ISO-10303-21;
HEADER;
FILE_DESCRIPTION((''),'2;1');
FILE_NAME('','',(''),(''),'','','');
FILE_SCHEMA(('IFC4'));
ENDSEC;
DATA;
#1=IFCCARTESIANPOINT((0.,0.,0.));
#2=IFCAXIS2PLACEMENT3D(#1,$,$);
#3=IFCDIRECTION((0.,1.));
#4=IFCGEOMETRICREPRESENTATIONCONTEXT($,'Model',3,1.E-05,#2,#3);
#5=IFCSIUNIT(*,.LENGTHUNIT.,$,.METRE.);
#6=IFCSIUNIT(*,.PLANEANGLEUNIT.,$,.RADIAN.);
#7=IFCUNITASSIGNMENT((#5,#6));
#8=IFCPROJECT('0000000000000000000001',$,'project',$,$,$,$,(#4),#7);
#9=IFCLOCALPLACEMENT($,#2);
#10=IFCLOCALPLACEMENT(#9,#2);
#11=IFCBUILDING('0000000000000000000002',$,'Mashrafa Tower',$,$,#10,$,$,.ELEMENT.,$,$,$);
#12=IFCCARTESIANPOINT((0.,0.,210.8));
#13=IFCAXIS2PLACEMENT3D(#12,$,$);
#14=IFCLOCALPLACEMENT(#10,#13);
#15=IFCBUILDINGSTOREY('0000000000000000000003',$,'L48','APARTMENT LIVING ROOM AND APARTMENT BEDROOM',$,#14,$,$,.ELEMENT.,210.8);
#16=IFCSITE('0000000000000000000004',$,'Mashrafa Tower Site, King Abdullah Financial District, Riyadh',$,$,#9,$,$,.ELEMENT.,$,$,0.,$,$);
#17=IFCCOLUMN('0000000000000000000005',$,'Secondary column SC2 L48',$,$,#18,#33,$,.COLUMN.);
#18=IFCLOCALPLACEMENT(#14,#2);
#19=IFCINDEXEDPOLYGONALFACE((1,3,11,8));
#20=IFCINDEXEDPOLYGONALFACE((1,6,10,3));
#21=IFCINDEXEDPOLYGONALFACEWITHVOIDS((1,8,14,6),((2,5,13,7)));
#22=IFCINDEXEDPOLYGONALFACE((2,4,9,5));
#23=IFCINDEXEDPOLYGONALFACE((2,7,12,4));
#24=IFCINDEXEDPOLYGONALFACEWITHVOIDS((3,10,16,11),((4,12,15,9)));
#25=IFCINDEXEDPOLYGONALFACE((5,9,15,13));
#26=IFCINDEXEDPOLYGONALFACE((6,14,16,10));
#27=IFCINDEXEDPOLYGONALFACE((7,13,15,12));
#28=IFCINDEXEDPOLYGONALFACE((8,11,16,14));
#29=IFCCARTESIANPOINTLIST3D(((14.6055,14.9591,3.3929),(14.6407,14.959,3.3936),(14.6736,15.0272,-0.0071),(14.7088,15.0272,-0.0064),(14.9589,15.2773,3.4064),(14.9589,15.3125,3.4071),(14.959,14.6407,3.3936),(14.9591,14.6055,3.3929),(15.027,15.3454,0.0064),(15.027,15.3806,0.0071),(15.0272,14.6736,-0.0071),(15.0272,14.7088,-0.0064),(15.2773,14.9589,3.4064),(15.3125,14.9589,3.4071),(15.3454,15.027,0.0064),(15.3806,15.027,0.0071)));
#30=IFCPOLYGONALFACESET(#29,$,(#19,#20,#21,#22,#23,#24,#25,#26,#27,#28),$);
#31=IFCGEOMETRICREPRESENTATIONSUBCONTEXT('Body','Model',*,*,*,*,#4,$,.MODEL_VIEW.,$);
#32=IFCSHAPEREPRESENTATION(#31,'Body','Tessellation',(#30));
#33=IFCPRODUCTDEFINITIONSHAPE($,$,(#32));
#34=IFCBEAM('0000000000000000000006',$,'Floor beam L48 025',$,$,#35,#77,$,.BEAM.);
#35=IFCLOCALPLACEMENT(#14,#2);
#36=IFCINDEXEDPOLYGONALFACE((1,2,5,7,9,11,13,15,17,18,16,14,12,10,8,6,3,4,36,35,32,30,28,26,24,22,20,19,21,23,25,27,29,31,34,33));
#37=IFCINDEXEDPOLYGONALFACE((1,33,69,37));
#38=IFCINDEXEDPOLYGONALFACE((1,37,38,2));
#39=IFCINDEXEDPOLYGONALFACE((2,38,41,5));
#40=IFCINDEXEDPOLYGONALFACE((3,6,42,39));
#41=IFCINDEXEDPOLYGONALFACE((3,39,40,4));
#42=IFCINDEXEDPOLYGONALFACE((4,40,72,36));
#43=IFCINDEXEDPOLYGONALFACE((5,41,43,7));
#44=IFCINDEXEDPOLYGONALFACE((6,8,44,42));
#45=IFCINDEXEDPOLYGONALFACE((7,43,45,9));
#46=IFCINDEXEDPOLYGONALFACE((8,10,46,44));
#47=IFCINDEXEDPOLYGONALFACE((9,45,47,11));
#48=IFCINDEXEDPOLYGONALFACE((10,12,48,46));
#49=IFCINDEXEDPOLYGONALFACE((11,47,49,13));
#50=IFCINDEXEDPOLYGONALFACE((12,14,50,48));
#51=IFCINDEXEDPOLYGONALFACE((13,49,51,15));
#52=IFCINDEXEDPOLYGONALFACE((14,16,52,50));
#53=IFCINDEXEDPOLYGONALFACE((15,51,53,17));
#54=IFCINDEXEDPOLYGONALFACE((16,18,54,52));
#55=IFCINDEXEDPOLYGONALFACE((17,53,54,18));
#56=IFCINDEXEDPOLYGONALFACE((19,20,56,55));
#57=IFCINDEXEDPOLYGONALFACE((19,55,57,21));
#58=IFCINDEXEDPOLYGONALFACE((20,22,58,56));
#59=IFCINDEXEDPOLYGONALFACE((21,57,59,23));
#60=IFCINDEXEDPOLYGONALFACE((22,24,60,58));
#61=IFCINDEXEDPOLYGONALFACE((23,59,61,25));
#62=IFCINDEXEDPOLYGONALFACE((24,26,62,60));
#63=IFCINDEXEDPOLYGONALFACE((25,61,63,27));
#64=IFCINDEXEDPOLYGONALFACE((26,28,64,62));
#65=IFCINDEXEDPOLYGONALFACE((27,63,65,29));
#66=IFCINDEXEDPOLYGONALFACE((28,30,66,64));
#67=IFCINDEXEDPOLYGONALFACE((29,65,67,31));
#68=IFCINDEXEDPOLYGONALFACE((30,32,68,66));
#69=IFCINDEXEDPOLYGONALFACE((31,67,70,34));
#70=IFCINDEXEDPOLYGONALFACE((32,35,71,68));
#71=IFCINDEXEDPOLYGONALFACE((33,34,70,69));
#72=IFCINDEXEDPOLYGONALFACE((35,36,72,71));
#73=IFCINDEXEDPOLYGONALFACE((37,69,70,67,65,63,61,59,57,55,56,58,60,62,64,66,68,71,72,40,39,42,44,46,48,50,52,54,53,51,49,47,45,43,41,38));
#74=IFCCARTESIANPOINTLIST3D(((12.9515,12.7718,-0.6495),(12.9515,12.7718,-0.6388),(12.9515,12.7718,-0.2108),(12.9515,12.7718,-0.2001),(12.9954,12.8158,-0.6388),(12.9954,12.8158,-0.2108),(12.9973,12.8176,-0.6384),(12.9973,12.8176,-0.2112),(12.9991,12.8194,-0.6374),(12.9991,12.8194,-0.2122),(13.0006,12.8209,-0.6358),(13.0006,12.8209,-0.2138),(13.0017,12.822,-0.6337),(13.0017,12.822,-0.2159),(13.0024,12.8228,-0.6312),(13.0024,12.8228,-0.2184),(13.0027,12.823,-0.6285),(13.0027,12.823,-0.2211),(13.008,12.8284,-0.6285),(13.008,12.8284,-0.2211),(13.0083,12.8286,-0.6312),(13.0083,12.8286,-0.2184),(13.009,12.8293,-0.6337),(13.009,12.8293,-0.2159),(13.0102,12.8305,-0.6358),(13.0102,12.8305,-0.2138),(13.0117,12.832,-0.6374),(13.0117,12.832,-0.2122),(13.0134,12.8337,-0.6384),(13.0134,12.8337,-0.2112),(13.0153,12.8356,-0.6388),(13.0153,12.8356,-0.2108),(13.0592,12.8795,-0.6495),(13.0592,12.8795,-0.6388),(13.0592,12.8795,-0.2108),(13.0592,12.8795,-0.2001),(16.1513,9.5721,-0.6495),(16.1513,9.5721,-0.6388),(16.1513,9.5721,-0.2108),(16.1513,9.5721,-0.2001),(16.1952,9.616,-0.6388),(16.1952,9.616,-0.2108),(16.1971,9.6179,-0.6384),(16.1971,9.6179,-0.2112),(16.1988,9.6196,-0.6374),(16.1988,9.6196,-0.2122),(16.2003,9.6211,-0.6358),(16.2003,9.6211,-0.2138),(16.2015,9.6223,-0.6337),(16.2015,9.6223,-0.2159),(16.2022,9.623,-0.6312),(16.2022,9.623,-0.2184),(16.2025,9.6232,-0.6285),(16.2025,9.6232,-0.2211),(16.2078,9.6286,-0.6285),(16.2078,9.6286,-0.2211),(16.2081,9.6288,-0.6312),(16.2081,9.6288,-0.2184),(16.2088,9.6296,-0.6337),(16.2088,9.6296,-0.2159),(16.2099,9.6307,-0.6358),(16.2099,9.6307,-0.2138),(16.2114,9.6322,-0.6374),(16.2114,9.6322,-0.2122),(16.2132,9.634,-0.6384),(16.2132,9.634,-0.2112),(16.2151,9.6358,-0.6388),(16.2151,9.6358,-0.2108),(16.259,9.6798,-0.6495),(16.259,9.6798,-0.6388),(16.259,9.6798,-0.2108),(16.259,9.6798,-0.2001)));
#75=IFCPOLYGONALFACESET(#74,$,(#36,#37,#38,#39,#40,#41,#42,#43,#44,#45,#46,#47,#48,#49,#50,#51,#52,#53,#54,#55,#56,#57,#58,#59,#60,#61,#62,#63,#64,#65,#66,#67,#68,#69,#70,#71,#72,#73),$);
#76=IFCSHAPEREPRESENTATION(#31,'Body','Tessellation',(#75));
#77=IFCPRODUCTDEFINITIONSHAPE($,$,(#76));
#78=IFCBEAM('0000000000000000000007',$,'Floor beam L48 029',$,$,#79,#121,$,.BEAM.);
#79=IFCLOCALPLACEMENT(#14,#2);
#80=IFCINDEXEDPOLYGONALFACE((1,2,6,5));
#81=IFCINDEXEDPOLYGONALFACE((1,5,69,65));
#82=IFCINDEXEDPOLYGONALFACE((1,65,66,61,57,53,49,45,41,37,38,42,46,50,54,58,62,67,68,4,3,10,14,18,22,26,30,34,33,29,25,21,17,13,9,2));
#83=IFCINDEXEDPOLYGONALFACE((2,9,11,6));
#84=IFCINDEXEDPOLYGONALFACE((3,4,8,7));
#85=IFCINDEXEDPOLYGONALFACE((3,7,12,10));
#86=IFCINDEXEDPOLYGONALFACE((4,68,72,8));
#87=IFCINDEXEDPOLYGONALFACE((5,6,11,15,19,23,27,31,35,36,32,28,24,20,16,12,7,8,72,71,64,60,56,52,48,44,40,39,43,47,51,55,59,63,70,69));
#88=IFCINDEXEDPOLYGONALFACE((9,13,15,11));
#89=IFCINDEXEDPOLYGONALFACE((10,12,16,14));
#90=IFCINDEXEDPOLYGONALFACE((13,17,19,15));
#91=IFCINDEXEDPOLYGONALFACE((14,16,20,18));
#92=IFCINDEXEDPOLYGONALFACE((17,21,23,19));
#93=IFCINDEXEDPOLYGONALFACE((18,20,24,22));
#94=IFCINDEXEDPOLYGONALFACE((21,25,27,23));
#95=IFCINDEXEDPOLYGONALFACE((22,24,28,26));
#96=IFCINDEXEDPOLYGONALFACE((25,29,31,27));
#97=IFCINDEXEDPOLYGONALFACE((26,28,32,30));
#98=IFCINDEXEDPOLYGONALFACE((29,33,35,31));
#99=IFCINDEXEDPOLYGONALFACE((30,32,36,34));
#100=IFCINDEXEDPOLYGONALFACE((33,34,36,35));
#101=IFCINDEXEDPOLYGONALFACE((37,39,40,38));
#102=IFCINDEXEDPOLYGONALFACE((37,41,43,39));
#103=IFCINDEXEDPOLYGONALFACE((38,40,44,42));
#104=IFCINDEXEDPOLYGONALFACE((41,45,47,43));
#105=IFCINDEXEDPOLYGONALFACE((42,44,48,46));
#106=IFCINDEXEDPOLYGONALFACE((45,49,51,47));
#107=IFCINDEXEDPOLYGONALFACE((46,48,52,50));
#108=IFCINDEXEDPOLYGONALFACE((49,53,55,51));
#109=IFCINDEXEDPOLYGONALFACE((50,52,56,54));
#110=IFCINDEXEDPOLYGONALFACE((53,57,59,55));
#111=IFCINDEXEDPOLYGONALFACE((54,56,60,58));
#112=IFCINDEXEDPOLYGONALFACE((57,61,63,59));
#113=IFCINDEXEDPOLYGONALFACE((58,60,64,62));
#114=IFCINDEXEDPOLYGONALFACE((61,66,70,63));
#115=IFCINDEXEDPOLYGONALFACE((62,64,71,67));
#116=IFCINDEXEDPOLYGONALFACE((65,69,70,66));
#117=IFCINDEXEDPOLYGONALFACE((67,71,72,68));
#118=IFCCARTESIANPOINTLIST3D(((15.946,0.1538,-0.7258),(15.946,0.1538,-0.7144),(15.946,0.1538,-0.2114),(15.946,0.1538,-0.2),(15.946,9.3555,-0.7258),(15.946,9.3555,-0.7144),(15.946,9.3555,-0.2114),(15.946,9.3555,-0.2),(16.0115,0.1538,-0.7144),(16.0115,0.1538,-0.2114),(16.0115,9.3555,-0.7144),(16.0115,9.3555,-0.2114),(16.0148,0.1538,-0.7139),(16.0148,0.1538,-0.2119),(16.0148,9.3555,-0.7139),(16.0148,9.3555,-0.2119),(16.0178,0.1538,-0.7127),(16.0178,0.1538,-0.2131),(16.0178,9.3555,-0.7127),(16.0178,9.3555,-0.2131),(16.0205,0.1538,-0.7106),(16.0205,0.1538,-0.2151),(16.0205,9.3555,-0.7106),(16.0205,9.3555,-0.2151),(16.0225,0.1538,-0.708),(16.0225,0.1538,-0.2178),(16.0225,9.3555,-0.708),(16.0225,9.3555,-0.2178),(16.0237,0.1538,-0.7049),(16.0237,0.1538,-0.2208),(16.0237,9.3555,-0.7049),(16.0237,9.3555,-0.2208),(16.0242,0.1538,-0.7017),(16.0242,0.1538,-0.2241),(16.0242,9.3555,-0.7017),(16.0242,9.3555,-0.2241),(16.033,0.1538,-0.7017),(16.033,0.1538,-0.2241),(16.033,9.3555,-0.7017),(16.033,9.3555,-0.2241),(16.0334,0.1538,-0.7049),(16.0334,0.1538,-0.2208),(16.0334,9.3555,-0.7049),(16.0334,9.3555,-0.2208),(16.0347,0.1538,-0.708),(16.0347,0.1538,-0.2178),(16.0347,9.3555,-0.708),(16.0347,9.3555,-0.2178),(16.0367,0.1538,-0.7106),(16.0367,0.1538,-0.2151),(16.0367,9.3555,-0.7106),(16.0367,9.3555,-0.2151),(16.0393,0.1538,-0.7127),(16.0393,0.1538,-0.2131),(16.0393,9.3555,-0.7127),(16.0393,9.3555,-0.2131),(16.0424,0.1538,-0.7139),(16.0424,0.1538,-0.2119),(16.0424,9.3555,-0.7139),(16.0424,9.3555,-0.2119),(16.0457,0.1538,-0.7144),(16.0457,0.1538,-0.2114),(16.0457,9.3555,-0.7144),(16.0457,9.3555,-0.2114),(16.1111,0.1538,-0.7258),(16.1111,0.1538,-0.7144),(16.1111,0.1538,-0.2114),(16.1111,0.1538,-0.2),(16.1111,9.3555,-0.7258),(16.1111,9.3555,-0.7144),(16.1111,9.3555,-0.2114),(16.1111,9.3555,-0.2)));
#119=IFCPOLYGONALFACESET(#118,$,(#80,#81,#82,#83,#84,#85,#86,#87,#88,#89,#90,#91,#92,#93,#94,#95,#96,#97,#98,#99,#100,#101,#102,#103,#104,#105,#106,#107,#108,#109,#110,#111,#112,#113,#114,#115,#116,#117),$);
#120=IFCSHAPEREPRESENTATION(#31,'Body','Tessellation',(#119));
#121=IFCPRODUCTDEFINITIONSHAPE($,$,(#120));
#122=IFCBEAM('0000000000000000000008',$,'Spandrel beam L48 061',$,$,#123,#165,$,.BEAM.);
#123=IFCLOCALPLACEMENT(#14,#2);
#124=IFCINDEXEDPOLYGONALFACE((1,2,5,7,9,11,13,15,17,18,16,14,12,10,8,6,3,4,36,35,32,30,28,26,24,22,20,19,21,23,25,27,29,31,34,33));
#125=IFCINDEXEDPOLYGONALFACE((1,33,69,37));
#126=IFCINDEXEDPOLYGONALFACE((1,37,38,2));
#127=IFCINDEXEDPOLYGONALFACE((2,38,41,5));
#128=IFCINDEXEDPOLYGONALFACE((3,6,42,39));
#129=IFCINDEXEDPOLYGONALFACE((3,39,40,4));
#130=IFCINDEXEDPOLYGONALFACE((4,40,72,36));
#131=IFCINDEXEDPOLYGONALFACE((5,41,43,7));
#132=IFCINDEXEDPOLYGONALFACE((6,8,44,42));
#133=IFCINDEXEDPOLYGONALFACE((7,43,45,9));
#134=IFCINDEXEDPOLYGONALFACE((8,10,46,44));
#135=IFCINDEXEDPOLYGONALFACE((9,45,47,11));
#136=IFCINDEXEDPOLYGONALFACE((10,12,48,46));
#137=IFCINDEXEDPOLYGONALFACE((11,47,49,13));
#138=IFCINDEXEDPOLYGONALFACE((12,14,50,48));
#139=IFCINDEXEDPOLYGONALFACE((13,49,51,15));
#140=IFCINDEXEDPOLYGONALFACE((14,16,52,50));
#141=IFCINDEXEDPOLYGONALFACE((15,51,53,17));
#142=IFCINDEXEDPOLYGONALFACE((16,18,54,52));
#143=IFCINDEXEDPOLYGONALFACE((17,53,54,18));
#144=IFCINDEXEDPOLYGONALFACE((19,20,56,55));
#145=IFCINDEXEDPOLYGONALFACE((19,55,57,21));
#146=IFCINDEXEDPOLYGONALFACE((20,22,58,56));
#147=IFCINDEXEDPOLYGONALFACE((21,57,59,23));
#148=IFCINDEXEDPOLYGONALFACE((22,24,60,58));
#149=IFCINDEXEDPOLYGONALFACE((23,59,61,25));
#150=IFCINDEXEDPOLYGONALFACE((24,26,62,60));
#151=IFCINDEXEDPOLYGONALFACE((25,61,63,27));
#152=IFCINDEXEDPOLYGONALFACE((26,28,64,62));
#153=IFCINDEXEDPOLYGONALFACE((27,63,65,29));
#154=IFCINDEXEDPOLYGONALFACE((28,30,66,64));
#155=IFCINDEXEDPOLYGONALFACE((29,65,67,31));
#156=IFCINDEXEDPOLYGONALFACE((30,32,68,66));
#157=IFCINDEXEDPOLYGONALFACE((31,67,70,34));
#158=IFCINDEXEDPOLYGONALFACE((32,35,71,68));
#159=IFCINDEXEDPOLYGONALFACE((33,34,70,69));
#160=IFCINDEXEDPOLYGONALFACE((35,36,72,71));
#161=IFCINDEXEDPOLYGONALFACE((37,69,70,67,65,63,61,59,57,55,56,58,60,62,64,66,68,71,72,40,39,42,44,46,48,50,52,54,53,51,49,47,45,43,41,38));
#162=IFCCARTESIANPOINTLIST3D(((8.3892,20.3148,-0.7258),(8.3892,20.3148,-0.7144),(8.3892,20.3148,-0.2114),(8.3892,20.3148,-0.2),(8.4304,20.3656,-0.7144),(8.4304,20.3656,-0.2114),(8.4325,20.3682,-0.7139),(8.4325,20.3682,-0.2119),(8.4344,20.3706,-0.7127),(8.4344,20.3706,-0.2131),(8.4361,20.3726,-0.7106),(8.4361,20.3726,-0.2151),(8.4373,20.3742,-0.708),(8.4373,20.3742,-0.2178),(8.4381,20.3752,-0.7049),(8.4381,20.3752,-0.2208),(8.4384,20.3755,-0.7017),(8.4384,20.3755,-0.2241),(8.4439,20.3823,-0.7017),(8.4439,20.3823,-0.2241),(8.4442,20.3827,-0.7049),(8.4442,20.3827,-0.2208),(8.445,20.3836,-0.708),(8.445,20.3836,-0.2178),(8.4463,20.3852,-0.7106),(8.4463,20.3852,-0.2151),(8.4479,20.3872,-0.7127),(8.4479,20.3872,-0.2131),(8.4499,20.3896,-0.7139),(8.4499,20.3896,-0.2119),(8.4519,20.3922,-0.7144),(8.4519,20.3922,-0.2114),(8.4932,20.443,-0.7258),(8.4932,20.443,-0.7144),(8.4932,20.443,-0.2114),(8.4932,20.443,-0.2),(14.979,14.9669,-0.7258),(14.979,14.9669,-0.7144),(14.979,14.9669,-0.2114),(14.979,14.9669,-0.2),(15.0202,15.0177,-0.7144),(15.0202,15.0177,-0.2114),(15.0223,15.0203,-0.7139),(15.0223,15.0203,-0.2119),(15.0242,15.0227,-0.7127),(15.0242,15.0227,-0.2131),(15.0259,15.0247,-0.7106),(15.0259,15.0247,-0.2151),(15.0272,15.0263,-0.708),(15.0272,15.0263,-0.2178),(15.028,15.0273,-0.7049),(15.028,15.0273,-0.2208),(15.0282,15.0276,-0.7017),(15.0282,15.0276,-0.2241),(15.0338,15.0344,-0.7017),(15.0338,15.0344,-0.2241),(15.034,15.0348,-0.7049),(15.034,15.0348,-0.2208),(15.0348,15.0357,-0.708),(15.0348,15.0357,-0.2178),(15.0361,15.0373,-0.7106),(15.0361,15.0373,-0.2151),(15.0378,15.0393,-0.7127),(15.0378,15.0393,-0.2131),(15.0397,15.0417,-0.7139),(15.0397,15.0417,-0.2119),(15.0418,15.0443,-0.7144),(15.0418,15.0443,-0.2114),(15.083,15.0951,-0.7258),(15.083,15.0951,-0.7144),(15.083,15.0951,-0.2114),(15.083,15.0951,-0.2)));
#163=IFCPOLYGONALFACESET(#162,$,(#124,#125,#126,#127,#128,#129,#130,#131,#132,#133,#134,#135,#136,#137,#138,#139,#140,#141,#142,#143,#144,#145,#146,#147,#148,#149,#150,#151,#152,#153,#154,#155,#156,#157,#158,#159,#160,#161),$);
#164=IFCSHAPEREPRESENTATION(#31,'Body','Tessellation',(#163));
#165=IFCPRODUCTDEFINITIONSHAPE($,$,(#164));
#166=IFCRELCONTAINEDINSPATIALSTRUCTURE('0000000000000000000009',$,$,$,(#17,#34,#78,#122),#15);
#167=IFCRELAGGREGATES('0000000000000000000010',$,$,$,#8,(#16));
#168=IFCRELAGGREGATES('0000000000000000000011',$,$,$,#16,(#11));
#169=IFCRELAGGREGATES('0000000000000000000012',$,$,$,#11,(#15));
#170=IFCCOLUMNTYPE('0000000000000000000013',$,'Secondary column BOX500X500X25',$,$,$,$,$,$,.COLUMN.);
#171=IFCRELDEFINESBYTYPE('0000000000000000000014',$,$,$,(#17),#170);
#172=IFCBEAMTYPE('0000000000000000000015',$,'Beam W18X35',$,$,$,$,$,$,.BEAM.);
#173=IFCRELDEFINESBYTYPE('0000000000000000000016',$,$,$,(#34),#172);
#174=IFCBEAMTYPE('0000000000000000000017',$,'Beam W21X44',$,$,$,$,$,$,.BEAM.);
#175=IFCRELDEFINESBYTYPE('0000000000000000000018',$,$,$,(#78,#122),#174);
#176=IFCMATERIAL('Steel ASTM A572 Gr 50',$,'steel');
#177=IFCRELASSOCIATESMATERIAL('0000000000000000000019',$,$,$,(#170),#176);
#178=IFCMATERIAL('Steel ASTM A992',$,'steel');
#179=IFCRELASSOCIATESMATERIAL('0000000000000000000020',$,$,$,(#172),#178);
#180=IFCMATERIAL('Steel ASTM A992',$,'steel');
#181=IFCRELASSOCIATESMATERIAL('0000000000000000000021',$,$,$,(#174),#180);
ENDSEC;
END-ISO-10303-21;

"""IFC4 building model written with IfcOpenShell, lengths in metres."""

from ifc_helpers import new_model, si_unit, direction, frame, origin, origin_2d, place, context, subcontext, project, spatial, hollow_rectangle, i_section, extrude, material, material_profile, profile_set, type_object, element, save


model = new_model("IFC4")

# Units and contexts
model_context = context("Model", 3, precision=1e-05, world=origin(), true_north=direction((0.0, 1.0)))
body_context = subcontext(model_context, "Body", "Model", "MODEL_VIEW")
ifc_project = project(units=[si_unit("LENGTHUNIT", "METRE"), si_unit("PLANEANGLEUNIT", "RADIAN")], contexts=[model_context])

# Site, building, storey
site_placement = place(None, origin())
site = spatial("IfcSite", under=ifc_project, at=site_placement, Name="Mashrafa Tower Site, King Abdullah Financial District, Riyadh", CompositionType="ELEMENT", RefElevation=0.0)
building_placement = place(site_placement, origin())
building = spatial("IfcBuilding", under=site, at=building_placement, Name="Mashrafa Tower", CompositionType="ELEMENT")
storey_placement = place(building_placement, frame((0.0, 0.0, 210.8)))
storey = spatial("IfcBuildingStorey", under=building, at=storey_placement, Name="L48", Description="APARTMENT LIVING ROOM AND APARTMENT BEDROOM", CompositionType="ELEMENT", Elevation=210.8)

# Column
ifc_material_1 = material(Name="Steel ASTM A572 Gr 50", Category="steel")
ifc_material_profile_1 = material_profile(ifc_material_1, hollow_rectangle(XDim=0.5, YDim=0.5, WallThickness=0.0249, at=origin_2d()), Name="BOX500X500X25")
ifc_profile_set_1 = profile_set([ifc_material_profile_1], Name="Steel ASTM A572 Gr 50")
column_type = type_object("IfcColumnType", Name="Secondary column BOX500X500X25", PredefinedType="COLUMN", material=ifc_profile_set_1)
column_placement = place(storey_placement, frame((15.0271, 15.0271, 0.0), z_axis=(-0.020026, -0.020026, 0.999599), x_axis=(0.707107, -0.707107, 0.0)))
element("IfcColumn", 1, at=column_placement, inside=storey, type_object=column_type, Name="Secondary column SC2 L48", PredefinedType="COLUMN", context=body_context, shape_type="SweptSolid", body=[
    extrude(hollow_rectangle(XDim=0.5, YDim=0.5, WallThickness=0.0249, at=origin_2d()), origin(), (0.0, 0.0, 1.0), 3.4014),
])

# Beams
ifc_material_2 = material(Name="Steel ASTM A992", Category="steel")
ifc_material_profile_2 = material_profile(ifc_material_2, i_section(OverallWidth=0.1523, OverallDepth=0.4495, WebThickness=0.0076, FlangeThickness=0.0107, FilletRadius=0.0103, at=origin_2d()), Name="W18X35")
ifc_profile_set_2 = profile_set([ifc_material_profile_2], Name="Steel ASTM A992")
beam_type_1 = type_object("IfcBeamType", Name="Beam W18X35", PredefinedType="BEAM", material=ifc_profile_set_2)
beam_1_placement = place(storey_placement, frame((13.0054, 12.8257, -0.4248), z_axis=(0.707107, -0.707107, 0.0), x_axis=(0.707107, 0.707107, 0.0)))
element("IfcBeam", 2, at=beam_1_placement, inside=storey, type_object=beam_type_1, Name="Floor beam L48 025", PredefinedType="BEAM", context=body_context, shape_type="SweptSolid", body=[
    extrude(i_section(OverallWidth=0.1523, OverallDepth=0.4495, WebThickness=0.0076, FlangeThickness=0.0107, FilletRadius=0.0103, at=origin_2d()), origin(), (0.0, 0.0, 1.0), 4.5251),
])
ifc_material_3 = material(Name="Steel ASTM A992", Category="steel")
ifc_material_profile_3 = material_profile(ifc_material_3, i_section(OverallWidth=0.165, OverallDepth=0.5259, WebThickness=0.0088, FlangeThickness=0.0115, FilletRadius=0.0127, at=origin_2d()), Name="W21X44")
ifc_profile_set_3 = profile_set([ifc_material_profile_3], Name="Steel ASTM A992")
beam_type_2 = type_object("IfcBeamType", Name="Beam W21X44", PredefinedType="BEAM", material=ifc_profile_set_3)
beam_2_placement = place(storey_placement, frame((16.0286, 9.3555, -0.4629), z_axis=(0.0, -1.0, 0.0), x_axis=(1.0, 0.0, 0.0)))
element("IfcBeam", 3, at=beam_2_placement, inside=storey, type_object=beam_type_2, Name="Floor beam L48 029", PredefinedType="BEAM", context=body_context, shape_type="SweptSolid", body=[
    extrude(i_section(OverallWidth=0.165, OverallDepth=0.5259, WebThickness=0.0088, FlangeThickness=0.0115, FilletRadius=0.0127, at=origin_2d()), origin(), (0.0, 0.0, 1.0), 9.2017),
])
beam_3_placement = place(storey_placement, frame((15.031, 15.031, -0.4629), z_axis=(-0.77648, 0.630142, 0.0), x_axis=(-0.630142, -0.77648, 0.0)))
element("IfcBeam", 4, at=beam_3_placement, inside=storey, type_object=beam_type_2, Name="Spandrel beam L48 061", PredefinedType="BEAM", context=body_context, shape_type="SweptSolid", body=[
    extrude(i_section(OverallWidth=0.165, OverallDepth=0.5259, WebThickness=0.0088, FlangeThickness=0.0115, FilletRadius=0.0127, at=origin_2d()), origin(), (0.0, 0.0, 1.0), 8.4868),
])

save(model, "model.ifc")
